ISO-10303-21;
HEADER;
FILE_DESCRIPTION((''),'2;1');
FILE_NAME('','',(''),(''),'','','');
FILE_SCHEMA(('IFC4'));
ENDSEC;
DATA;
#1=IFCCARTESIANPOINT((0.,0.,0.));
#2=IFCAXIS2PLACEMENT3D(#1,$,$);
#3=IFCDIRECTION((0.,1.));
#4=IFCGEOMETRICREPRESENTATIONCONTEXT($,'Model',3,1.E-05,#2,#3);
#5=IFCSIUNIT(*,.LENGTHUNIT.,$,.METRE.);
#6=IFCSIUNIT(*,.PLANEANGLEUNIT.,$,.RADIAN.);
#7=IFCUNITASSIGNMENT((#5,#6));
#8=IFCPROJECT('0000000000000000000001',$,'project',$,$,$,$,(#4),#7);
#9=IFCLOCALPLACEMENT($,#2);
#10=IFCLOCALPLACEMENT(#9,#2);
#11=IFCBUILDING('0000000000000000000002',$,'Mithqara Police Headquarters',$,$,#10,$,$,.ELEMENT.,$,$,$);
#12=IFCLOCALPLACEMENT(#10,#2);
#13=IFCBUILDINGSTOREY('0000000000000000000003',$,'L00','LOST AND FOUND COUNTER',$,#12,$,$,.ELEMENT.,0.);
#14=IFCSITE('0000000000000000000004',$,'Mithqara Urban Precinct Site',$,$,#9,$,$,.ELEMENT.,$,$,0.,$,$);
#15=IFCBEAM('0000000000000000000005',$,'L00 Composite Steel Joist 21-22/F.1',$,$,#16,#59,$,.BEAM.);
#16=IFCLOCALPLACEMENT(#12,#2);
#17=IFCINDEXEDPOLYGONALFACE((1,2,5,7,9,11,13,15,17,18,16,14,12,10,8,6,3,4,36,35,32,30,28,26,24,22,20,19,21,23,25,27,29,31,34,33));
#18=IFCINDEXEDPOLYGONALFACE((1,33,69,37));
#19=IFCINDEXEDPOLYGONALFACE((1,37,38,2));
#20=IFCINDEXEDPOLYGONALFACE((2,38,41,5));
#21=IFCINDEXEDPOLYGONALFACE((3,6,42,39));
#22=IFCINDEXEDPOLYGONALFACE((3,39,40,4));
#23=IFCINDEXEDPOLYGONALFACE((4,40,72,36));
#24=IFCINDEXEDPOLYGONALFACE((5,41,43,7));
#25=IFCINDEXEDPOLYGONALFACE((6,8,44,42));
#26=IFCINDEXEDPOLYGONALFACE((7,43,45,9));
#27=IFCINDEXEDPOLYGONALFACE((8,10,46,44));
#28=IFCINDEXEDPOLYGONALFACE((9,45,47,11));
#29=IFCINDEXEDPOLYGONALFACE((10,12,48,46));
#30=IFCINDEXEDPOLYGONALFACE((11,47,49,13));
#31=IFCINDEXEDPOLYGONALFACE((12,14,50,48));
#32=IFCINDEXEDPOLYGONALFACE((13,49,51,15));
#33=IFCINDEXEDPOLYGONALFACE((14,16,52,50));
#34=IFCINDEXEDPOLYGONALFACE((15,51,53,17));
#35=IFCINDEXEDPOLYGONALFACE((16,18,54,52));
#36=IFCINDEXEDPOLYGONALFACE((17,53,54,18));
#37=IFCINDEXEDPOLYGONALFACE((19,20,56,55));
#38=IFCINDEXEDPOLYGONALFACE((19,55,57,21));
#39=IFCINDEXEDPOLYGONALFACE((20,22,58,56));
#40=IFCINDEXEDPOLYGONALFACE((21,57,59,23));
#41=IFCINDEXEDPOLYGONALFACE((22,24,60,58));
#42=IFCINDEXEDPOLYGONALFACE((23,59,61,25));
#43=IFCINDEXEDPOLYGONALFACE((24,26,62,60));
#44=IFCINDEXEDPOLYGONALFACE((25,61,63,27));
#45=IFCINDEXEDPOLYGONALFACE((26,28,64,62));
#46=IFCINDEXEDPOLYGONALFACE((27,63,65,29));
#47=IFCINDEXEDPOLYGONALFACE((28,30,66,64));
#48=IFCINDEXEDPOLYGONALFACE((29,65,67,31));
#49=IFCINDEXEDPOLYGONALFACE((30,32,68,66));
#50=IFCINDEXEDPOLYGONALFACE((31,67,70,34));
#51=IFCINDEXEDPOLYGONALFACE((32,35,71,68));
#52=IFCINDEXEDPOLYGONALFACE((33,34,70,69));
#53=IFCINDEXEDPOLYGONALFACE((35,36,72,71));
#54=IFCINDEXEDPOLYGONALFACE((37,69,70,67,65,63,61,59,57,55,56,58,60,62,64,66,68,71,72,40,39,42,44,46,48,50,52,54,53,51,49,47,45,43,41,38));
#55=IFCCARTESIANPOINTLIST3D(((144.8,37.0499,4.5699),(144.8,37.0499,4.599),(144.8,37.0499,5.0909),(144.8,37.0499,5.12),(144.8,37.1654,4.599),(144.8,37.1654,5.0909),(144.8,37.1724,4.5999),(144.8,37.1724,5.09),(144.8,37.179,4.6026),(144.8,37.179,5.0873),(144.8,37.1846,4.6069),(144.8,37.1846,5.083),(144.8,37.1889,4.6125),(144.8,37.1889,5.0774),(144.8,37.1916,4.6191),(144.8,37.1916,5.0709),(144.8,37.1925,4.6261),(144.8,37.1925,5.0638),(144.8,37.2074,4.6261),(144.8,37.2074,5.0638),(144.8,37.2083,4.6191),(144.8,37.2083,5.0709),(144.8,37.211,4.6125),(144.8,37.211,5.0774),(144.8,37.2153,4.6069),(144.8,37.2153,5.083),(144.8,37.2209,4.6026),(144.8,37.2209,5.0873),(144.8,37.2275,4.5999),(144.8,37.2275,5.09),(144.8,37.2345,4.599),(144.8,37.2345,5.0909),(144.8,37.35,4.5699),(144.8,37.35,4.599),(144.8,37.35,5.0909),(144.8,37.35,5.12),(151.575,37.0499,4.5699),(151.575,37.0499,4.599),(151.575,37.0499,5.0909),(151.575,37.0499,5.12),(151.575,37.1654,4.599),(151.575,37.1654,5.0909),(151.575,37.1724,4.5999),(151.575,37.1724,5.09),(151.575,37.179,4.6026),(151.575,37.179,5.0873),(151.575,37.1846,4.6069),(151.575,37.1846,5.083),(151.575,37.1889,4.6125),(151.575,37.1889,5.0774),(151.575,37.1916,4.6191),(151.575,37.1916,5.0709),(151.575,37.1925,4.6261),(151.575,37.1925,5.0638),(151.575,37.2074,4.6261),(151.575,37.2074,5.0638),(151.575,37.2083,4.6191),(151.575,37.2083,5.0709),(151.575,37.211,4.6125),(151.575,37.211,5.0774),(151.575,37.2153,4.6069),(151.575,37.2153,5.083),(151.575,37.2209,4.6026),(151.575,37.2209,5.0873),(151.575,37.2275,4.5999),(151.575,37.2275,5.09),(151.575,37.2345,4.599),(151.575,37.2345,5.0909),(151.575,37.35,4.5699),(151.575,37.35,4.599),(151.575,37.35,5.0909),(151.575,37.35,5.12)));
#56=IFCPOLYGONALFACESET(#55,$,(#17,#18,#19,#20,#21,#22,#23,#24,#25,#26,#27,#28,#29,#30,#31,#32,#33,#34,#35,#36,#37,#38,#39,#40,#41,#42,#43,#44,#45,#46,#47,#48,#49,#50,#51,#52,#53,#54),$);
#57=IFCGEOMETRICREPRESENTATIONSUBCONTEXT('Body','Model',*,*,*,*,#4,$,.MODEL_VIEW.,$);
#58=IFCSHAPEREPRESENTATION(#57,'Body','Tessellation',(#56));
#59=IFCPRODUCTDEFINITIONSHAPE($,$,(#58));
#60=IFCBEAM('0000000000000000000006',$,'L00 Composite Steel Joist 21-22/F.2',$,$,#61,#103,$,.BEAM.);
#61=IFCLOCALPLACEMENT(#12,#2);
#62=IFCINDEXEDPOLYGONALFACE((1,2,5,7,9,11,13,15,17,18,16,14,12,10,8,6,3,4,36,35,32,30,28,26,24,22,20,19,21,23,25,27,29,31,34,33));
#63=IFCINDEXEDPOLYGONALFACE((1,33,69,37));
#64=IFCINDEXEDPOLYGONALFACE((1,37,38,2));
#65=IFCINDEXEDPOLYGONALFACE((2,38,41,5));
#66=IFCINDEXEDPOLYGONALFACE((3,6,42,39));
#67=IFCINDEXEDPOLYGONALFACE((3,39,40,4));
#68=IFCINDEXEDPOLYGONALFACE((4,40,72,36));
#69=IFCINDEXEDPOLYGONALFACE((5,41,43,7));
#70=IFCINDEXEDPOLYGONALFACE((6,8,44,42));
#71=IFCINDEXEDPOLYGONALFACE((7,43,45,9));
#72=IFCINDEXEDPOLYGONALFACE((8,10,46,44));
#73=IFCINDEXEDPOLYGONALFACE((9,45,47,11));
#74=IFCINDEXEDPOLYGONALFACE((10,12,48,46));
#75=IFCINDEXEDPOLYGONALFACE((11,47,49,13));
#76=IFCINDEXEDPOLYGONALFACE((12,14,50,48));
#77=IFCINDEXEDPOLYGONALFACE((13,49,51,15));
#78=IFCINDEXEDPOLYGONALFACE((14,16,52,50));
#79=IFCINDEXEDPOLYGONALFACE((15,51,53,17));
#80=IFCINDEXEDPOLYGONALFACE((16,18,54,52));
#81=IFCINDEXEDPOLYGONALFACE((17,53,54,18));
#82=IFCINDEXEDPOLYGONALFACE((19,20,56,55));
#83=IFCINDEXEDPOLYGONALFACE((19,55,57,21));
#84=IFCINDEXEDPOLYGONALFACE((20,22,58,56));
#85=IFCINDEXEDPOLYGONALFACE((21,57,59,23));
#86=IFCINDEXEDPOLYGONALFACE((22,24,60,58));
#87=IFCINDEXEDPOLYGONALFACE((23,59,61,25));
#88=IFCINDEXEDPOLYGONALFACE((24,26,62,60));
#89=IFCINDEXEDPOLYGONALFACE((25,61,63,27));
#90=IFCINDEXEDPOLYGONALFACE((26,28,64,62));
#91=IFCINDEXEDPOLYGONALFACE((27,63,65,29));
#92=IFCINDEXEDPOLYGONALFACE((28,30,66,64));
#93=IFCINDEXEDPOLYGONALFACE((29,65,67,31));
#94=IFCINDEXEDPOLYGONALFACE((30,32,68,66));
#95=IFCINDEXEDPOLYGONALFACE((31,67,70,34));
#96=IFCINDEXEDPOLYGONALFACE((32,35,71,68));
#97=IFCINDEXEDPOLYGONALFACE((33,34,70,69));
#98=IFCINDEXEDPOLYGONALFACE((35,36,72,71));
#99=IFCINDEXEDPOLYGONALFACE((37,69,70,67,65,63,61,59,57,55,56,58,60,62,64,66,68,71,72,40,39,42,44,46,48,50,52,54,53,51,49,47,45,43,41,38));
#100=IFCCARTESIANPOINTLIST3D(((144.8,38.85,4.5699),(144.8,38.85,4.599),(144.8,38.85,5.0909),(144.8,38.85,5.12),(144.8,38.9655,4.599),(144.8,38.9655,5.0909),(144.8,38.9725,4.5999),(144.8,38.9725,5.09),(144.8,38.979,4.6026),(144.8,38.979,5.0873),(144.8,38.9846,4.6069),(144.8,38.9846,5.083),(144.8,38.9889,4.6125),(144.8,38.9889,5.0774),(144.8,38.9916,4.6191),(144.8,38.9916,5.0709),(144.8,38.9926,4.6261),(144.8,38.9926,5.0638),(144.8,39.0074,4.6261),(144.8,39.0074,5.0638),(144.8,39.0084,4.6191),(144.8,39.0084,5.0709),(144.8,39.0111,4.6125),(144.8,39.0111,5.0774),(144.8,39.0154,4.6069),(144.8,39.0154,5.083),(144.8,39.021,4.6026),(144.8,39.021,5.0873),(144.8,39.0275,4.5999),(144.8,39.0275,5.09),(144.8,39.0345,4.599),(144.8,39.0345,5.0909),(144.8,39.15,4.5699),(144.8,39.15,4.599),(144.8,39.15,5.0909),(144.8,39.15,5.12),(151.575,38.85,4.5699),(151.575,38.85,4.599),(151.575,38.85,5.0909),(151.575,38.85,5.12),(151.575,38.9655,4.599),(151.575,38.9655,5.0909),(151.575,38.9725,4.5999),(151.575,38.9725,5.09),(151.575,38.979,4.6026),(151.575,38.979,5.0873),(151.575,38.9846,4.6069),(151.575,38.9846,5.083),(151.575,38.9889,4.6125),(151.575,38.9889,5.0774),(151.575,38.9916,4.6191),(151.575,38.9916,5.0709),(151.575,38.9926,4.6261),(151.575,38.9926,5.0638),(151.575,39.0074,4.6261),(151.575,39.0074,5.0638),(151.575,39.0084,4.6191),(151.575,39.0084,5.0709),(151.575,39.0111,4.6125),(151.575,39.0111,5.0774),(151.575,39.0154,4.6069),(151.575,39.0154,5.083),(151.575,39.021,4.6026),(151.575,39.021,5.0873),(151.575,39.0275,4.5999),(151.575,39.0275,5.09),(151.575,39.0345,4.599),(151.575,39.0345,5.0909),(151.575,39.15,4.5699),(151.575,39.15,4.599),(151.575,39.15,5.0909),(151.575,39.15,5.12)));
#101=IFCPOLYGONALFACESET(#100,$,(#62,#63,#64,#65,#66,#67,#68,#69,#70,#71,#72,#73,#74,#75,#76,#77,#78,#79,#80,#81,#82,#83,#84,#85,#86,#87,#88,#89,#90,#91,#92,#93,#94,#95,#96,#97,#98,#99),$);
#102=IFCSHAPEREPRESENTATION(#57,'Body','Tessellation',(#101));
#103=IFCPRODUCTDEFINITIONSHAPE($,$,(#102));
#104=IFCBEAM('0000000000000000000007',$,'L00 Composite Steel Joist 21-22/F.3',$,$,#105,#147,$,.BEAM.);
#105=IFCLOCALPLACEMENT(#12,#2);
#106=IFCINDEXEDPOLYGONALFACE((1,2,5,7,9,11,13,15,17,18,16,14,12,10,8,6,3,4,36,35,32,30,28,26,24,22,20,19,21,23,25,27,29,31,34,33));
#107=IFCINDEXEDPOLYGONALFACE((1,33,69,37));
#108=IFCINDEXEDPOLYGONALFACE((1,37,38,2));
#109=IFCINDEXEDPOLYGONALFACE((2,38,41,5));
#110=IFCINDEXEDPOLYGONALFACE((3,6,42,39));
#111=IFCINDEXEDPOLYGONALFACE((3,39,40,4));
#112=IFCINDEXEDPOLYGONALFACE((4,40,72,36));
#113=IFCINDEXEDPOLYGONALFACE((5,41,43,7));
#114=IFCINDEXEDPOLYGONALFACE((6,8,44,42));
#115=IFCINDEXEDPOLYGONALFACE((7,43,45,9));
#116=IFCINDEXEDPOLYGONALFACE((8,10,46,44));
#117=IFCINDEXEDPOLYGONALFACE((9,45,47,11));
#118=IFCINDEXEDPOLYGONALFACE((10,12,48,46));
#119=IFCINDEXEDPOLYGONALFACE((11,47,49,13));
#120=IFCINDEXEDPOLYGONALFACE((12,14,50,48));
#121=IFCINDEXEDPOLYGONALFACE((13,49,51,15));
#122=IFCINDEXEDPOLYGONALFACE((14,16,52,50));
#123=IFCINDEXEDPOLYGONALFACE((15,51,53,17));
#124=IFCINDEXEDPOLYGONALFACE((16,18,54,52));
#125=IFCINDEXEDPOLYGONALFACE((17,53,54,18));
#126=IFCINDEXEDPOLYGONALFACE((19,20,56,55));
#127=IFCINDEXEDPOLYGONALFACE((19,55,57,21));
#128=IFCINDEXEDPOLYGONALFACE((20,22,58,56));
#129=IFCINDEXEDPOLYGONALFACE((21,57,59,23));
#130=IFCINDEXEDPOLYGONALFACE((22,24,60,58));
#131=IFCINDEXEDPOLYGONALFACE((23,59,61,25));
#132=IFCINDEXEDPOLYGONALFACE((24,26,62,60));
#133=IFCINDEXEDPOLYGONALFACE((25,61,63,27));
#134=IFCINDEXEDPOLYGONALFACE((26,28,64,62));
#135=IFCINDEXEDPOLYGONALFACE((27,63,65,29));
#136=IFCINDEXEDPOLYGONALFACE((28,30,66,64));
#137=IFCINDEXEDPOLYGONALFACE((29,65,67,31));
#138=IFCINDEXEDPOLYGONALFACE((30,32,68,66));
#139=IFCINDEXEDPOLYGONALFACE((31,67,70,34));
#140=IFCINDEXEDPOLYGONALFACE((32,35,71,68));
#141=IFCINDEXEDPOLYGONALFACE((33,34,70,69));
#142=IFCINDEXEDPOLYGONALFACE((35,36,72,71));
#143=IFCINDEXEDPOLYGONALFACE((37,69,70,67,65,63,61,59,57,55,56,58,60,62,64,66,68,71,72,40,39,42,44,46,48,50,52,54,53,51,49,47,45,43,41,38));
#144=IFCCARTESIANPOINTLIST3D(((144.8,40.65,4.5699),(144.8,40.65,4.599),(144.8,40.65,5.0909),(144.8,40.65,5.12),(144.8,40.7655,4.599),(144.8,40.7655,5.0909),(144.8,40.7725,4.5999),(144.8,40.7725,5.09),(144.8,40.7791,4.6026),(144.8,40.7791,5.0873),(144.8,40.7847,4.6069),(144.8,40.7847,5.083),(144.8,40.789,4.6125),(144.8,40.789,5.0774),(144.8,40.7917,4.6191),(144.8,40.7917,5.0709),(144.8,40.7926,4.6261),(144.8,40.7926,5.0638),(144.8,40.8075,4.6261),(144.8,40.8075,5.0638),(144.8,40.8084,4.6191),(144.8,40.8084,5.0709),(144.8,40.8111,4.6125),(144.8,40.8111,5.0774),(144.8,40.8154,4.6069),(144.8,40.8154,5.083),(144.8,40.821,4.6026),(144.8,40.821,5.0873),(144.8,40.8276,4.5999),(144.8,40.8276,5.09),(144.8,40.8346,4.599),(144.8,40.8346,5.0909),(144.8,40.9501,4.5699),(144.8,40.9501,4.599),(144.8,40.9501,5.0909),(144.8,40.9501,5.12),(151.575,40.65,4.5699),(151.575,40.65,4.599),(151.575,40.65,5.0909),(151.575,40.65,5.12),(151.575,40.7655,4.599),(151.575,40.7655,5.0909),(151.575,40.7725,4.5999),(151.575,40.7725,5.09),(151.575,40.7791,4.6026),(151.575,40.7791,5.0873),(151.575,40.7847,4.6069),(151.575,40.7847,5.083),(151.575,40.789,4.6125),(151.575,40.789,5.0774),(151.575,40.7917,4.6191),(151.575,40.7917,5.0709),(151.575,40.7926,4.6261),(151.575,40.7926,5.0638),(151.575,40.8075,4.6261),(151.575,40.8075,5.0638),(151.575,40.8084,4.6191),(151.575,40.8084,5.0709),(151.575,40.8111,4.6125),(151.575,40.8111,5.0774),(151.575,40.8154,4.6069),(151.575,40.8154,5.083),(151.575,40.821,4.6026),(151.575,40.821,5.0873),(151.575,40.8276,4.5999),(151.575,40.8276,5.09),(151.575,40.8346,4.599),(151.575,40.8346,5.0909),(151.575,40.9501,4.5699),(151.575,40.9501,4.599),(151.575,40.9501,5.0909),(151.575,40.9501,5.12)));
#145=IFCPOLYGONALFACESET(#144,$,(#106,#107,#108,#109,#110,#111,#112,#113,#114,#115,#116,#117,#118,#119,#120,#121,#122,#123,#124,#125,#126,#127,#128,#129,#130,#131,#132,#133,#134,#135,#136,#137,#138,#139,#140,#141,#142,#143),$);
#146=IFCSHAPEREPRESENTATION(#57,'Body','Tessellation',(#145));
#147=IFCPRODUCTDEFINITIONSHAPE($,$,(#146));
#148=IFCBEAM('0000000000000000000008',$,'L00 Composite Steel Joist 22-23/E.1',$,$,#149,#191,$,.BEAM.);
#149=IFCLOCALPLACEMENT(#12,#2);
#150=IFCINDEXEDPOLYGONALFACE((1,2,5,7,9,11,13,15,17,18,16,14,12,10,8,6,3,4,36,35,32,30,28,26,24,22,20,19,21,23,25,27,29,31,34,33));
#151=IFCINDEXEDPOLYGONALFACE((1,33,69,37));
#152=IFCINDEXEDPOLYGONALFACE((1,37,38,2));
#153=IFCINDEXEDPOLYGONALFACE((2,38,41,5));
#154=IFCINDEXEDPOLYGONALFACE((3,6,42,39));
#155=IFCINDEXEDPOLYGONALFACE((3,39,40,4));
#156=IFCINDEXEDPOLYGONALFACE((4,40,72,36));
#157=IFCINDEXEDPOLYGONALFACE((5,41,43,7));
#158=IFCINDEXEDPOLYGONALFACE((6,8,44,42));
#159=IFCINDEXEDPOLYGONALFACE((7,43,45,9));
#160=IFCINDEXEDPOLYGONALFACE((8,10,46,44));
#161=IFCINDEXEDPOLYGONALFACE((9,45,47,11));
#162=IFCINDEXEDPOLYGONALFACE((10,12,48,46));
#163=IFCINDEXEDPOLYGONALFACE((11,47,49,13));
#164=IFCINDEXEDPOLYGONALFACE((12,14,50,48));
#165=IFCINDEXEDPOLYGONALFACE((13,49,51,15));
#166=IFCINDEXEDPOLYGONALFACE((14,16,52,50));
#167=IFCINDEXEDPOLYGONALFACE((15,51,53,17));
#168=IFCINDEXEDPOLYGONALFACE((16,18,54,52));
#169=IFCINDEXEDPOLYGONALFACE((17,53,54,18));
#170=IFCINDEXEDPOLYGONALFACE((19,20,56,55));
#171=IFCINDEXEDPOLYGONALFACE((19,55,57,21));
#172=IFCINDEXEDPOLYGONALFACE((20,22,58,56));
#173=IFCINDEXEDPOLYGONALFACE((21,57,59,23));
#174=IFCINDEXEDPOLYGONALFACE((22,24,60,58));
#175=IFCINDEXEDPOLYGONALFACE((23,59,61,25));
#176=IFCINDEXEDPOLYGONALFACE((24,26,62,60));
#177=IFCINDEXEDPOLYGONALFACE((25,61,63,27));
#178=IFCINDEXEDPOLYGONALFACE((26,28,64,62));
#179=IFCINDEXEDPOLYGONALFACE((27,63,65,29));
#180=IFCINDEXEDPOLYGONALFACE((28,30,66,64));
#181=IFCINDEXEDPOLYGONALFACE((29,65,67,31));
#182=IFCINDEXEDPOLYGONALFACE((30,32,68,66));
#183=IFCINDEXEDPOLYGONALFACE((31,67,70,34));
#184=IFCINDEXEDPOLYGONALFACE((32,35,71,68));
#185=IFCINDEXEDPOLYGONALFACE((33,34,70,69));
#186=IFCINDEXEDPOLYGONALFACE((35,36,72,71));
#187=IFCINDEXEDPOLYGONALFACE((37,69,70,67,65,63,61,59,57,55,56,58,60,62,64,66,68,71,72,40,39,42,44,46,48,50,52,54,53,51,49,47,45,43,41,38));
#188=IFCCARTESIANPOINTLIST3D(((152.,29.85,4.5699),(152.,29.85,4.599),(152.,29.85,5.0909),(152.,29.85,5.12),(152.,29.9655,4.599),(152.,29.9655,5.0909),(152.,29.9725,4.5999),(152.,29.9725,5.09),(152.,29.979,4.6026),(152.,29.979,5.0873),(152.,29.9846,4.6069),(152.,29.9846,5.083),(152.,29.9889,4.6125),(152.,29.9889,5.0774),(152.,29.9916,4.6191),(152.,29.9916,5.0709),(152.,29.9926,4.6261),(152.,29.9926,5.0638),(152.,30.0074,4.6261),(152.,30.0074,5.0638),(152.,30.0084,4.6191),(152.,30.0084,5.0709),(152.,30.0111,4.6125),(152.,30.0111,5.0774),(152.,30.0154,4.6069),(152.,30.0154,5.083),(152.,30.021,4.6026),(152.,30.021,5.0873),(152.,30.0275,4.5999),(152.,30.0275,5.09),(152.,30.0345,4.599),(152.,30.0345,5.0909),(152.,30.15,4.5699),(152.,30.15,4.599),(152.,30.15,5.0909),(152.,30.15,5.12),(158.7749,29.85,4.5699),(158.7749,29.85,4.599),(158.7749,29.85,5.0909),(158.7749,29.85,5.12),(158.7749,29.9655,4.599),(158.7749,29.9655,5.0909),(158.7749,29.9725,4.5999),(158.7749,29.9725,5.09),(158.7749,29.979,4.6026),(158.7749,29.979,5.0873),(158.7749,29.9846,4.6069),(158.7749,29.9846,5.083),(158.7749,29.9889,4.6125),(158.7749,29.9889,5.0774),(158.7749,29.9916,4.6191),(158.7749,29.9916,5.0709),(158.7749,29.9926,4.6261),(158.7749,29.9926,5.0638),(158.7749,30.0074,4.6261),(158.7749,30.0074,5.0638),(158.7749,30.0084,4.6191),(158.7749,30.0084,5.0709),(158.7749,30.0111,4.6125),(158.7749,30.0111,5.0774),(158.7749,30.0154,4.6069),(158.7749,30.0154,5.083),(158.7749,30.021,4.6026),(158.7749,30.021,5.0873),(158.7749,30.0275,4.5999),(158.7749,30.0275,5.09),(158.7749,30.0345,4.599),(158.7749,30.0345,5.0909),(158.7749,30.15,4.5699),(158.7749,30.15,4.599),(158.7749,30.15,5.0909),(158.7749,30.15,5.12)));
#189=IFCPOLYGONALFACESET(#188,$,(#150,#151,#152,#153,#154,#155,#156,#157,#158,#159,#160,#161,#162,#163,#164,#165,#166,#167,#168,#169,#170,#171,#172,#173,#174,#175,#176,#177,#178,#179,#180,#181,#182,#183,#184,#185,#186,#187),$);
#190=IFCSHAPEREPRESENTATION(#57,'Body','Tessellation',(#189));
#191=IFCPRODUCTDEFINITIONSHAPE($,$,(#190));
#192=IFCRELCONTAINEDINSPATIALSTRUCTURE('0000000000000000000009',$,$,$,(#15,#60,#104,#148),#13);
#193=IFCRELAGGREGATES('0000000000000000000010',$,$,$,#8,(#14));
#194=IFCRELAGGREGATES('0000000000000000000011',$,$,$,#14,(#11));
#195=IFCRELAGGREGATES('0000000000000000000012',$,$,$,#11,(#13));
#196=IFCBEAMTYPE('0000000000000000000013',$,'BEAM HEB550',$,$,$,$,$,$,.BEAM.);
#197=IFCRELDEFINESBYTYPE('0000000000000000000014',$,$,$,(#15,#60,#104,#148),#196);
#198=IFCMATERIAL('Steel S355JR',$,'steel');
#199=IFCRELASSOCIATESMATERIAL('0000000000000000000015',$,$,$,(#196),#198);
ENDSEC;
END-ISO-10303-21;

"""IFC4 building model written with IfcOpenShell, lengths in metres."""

from ifc_helpers import new_model, si_unit, direction, frame, origin, origin_2d, place, context, subcontext, project, spatial, i_section, extrude, material, material_profile, profile_set, type_object, element, save


model = new_model("IFC4")

# Units and contexts
model_context = context("Model", 3, precision=1e-05, world=origin(), true_north=direction((0.0, 1.0)))
body_context = subcontext(model_context, "Body", "Model", "MODEL_VIEW")
ifc_project = project(units=[si_unit("LENGTHUNIT", "METRE"), si_unit("PLANEANGLEUNIT", "RADIAN")], contexts=[model_context])

# Site, building, storey
site_placement = place(None, origin())
site = spatial("IfcSite", under=ifc_project, at=site_placement, Name="Mithqara Urban Precinct Site", CompositionType="ELEMENT", RefElevation=0.0)
building_placement = place(site_placement, origin())
building = spatial("IfcBuilding", under=site, at=building_placement, Name="Mithqara Police Headquarters", CompositionType="ELEMENT")
storey_placement = place(building_placement, origin())
storey = spatial("IfcBuildingStorey", under=building, at=storey_placement, Name="L00", Description="LOST AND FOUND COUNTER", CompositionType="ELEMENT", Elevation=0.0)

# Beams
ifc_material_1 = material(Name="Steel S355JR", Category="steel")
ifc_material_profile_1 = material_profile(ifc_material_1, i_section(OverallWidth=0.3, OverallDepth=0.55, WebThickness=0.0149, FlangeThickness=0.0291, FilletRadius=0.0271, at=origin_2d()), Name="HEB 550")
ifc_profile_set_1 = profile_set([ifc_material_profile_1], Name="Steel S355JR")
beam_type_1 = type_object("IfcBeamType", Name="BEAM HEB550", PredefinedType="BEAM", material=ifc_profile_set_1)
for number, where, z_axis, x_axis, name in (
    (1, (144.8, 37.2, 4.845), (1.0, 0.0, 0.0), (0.0, 1.0, 0.0), "L00 Composite Steel Joist 21-22/F.1"),
    (2, (144.8, 39.0, 4.845), (1.0, 0.0, 0.0), (0.0, 1.0, 0.0), "L00 Composite Steel Joist 21-22/F.2"),
    (3, (144.8, 40.8, 4.845), (1.0, 0.0, 0.0), (0.0, 1.0, 0.0), "L00 Composite Steel Joist 21-22/F.3"),
    (4, (152.0, 30.0, 4.845), (1.0, 0.0, 0.0), (0.0, 1.0, 0.0), "L00 Composite Steel Joist 22-23/E.1"),
):
    element("IfcBeam", number, at=place(storey_placement, frame(where, z_axis=z_axis, x_axis=x_axis)), inside=storey, type_object=beam_type_1, Name=name, PredefinedType="BEAM", context=body_context, shape_type="SweptSolid", body=[
        extrude(i_section(OverallWidth=0.3, OverallDepth=0.55, WebThickness=0.0149, FlangeThickness=0.0291, FilletRadius=0.0271, at=origin_2d()), origin(), (0.0, 0.0, 1.0), 6.7749),
    ])

save(model, "model.ifc")
